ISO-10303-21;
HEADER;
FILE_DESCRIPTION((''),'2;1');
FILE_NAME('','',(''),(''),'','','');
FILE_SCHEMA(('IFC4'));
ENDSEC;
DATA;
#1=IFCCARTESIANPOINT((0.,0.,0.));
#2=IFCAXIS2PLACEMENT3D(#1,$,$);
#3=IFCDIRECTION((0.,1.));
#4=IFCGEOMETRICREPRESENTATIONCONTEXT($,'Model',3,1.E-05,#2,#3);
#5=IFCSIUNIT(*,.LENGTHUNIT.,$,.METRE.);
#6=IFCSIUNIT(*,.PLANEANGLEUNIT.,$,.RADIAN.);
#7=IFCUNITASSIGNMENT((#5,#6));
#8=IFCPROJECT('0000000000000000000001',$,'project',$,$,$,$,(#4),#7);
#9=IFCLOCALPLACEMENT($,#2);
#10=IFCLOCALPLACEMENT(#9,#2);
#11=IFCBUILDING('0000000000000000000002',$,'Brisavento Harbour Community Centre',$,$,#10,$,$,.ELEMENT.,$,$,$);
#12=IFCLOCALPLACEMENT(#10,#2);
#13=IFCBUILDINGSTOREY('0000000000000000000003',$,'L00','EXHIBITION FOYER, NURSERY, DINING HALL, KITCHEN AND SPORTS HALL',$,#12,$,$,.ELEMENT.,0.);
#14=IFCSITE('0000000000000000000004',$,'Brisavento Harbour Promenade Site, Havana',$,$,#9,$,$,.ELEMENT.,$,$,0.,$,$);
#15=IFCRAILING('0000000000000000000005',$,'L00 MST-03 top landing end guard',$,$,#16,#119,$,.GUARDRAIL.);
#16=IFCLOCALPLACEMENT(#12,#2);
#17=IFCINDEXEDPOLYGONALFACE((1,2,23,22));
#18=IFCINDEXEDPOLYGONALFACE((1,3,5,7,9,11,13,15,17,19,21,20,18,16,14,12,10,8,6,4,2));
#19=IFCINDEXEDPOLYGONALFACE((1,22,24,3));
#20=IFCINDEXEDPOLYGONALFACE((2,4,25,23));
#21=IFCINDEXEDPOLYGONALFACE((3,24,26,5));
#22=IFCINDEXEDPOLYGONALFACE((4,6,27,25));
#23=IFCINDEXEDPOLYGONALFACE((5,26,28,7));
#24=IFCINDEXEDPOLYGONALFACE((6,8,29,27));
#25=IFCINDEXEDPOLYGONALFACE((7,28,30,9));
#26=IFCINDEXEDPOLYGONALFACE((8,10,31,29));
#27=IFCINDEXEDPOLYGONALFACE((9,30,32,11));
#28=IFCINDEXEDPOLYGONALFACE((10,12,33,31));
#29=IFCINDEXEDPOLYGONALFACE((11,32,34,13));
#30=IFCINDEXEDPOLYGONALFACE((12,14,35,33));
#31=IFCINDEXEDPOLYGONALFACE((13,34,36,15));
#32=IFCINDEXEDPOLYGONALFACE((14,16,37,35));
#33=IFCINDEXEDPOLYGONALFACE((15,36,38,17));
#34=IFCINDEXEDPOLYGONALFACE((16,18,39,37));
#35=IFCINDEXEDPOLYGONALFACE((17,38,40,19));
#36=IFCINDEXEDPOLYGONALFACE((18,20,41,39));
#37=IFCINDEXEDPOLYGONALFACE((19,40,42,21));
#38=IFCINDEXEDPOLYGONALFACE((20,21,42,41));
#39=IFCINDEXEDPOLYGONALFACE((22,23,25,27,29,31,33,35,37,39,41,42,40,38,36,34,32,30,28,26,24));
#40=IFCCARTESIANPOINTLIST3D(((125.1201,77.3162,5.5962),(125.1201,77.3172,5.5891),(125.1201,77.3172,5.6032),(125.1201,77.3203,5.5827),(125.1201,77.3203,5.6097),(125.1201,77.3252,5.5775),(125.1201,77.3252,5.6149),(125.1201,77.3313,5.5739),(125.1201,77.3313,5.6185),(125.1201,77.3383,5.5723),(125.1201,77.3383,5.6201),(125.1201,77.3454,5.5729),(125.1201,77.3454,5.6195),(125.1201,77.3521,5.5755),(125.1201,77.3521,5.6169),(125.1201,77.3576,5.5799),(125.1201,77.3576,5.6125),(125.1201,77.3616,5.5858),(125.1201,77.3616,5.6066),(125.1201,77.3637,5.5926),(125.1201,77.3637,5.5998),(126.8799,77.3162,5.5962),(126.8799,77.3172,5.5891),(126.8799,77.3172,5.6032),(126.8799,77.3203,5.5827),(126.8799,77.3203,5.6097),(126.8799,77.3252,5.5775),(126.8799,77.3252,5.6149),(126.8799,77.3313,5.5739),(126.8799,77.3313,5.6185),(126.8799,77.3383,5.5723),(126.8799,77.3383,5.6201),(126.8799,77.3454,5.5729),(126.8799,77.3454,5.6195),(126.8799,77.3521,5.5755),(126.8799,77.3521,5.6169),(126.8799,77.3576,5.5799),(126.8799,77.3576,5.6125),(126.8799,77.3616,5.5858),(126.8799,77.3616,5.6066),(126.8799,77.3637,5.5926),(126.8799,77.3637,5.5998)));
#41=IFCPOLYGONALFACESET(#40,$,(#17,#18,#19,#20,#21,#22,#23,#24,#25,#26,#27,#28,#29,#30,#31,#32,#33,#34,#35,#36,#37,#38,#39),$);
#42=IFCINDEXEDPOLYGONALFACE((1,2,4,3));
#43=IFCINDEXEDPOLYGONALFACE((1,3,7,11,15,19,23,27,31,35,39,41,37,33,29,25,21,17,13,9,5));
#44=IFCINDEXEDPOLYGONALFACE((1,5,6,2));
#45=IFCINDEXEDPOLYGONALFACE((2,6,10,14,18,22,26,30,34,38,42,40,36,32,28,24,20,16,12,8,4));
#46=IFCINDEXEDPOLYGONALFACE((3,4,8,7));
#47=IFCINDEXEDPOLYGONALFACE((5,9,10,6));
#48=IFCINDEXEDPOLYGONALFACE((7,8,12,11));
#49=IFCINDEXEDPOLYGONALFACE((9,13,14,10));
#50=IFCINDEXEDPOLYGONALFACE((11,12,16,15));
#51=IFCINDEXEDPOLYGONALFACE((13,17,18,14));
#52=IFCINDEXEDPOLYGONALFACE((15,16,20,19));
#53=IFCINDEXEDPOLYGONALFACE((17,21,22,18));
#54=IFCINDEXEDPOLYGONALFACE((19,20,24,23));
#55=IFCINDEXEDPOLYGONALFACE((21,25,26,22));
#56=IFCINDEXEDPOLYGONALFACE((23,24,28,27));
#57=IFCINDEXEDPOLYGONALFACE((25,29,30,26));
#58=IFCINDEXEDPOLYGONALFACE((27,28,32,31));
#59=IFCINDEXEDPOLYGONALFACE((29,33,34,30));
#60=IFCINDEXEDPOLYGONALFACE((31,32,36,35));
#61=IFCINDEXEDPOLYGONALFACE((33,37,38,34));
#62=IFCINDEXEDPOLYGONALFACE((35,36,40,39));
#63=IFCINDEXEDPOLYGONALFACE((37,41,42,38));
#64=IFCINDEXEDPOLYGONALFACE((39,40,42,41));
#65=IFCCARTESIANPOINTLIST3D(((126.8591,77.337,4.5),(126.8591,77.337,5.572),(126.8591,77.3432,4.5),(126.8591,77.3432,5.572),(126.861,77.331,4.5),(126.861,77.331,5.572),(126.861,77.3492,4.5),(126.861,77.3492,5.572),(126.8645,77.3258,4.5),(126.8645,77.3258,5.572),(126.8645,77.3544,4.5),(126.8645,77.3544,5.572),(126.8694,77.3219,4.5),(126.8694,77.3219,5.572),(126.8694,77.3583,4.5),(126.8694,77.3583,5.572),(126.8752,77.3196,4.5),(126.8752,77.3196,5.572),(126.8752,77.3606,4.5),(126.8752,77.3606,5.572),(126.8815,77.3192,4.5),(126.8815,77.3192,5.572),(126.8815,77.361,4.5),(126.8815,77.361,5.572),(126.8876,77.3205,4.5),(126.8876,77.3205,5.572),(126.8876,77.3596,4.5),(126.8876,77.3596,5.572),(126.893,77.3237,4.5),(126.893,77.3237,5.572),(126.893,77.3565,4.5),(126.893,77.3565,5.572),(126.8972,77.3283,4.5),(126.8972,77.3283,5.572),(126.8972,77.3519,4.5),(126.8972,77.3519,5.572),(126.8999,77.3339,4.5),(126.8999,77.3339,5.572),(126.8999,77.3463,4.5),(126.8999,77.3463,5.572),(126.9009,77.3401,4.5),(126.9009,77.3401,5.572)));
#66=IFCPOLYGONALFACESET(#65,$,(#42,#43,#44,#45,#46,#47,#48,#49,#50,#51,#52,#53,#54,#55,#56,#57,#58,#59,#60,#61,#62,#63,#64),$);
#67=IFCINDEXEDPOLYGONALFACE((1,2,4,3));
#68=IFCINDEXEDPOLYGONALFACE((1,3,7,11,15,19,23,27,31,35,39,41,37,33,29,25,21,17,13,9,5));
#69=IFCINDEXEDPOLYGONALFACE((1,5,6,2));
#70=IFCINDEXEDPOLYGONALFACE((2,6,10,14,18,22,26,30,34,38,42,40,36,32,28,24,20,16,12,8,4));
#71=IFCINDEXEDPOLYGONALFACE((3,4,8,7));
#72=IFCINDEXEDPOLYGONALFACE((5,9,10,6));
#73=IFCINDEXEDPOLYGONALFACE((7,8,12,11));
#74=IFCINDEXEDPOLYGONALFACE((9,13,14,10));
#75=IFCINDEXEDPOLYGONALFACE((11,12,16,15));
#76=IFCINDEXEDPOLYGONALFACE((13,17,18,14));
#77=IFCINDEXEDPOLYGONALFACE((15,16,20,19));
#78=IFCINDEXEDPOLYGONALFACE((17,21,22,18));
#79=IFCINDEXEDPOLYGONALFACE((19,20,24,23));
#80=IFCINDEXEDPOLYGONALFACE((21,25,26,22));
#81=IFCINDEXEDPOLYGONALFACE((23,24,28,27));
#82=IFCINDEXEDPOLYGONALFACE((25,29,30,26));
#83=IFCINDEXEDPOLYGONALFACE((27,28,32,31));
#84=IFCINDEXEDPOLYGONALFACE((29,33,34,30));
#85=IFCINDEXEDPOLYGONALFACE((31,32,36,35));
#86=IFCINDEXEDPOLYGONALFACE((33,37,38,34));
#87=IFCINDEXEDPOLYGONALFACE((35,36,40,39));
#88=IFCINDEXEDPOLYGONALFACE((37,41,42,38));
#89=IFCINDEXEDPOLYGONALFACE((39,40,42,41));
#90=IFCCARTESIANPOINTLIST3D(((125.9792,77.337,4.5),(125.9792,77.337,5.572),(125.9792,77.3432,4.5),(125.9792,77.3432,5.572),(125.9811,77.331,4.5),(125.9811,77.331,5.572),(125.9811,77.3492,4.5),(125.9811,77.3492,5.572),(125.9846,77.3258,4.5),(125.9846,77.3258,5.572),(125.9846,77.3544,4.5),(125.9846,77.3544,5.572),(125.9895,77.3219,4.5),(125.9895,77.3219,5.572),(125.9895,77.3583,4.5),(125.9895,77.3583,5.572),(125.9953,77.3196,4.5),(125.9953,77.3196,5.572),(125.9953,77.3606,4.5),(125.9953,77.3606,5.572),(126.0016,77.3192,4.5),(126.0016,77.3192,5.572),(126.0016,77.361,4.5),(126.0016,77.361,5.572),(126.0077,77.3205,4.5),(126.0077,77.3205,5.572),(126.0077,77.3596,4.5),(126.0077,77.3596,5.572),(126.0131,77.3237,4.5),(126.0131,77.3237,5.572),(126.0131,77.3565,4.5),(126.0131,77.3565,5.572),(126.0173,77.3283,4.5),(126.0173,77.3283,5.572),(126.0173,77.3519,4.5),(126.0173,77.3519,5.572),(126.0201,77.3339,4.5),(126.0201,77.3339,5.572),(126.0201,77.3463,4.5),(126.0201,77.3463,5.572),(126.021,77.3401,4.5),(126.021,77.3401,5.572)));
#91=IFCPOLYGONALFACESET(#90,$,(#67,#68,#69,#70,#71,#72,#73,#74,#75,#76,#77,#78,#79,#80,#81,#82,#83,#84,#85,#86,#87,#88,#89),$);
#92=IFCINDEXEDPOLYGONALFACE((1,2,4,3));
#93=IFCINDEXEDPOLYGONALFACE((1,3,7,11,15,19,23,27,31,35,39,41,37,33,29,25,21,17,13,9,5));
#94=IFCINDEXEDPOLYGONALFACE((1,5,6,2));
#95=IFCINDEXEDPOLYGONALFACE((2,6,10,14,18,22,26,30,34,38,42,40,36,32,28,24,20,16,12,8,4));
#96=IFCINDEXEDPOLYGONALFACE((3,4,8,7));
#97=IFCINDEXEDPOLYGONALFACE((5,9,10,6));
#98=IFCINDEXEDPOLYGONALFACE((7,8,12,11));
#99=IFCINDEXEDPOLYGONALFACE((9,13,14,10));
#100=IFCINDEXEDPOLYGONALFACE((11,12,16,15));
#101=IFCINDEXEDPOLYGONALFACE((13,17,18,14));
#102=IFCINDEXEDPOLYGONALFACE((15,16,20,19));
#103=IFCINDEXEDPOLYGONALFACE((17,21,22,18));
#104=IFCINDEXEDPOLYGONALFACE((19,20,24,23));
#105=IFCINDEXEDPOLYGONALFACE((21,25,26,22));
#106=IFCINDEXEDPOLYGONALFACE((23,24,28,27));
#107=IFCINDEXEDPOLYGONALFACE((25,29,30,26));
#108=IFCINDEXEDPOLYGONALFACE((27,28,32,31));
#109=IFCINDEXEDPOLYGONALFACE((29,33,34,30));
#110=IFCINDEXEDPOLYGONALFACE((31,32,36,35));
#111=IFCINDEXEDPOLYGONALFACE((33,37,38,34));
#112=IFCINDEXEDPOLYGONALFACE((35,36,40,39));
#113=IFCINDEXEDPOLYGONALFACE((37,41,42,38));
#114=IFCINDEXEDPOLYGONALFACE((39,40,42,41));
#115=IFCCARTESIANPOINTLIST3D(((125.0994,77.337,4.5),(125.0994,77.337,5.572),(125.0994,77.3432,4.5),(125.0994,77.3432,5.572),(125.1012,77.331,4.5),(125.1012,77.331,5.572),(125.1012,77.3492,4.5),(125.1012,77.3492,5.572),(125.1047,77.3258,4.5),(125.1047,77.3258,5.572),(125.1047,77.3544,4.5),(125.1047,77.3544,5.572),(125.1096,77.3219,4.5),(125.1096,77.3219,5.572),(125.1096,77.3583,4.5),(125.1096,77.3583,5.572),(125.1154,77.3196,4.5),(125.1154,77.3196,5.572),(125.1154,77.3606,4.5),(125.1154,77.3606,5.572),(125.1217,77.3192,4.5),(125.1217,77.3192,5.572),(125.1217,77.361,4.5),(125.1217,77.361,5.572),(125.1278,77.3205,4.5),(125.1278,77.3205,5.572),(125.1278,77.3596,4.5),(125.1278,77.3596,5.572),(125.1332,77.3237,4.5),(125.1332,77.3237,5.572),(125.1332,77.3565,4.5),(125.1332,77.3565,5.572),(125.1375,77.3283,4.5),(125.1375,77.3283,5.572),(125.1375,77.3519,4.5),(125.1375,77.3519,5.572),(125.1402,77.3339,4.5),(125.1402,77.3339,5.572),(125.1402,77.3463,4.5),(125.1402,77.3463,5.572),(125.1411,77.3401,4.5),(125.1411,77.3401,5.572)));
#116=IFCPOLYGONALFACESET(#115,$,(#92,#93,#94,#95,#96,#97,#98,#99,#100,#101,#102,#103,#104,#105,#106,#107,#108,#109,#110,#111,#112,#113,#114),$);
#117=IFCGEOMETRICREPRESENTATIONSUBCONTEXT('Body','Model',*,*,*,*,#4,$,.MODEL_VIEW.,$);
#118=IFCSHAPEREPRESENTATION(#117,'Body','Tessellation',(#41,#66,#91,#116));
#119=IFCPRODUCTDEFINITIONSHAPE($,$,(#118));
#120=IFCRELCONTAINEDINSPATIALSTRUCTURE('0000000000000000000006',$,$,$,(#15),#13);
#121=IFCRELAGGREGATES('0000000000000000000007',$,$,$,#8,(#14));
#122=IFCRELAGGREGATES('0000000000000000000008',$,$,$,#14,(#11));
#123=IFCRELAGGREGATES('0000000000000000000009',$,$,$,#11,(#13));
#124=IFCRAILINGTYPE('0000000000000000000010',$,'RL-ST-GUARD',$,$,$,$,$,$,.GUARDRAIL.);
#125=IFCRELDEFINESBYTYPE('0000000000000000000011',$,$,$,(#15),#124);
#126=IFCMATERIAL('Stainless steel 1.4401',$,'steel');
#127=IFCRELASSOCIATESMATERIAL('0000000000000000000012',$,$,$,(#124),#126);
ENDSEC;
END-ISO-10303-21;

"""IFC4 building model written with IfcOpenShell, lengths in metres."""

from ifc_helpers import new_model, si_unit, direction, frame, origin, origin_2d, place, context, subcontext, project, spatial, circle, extrude, material, type_object, element, save


model = new_model("IFC4")

# Units and contexts
model_context = context("Model", 3, precision=1e-05, world=origin(), true_north=direction((0.0, 1.0)))
body_context = subcontext(model_context, "Body", "Model", "MODEL_VIEW")
ifc_project = project(units=[si_unit("LENGTHUNIT", "METRE"), si_unit("PLANEANGLEUNIT", "RADIAN")], contexts=[model_context])

# Site, building, storey
site_placement = place(None, origin())
site = spatial("IfcSite", under=ifc_project, at=site_placement, Name="Brisavento Harbour Promenade Site, Havana", CompositionType="ELEMENT", RefElevation=0.0)
building_placement = place(site_placement, origin())
building = spatial("IfcBuilding", under=site, at=building_placement, Name="Brisavento Harbour Community Centre", CompositionType="ELEMENT")
storey_placement = place(building_placement, origin())
storey = spatial("IfcBuildingStorey", under=building, at=storey_placement, Name="L00", Description="EXHIBITION FOYER, NURSERY, DINING HALL, KITCHEN AND SPORTS HALL", CompositionType="ELEMENT", Elevation=0.0)

# Railing
ifc_material_1 = material(Name="Stainless steel 1.4401", Category="steel")
railing_type = type_object("IfcRailingType", Name="RL-ST-GUARD", PredefinedType="GUARDRAIL", material=ifc_material_1)
railing_1_placement = place(storey_placement, frame((126.8799, 77.3401, 4.5)))
element("IfcRailing", 1, at=railing_1_placement, inside=storey, type_object=railing_type, Name="L00 MST-03 top landing end guard", PredefinedType="GUARDRAIL", context=body_context, shape_type="SweptSolid", body=[
    extrude(circle(Radius=0.0239, at=origin_2d()), frame((0.0, 0.0, 1.0962), z_axis=(-1.0, 0.0, 0.0), x_axis=(0.0, -1.0, 0.0)), (0.0, 0.0, 1.0), 1.7598),
    extrude(circle(Radius=0.021, at=origin_2d()), origin(), (0.0, 0.0, 1.0), 1.072),
    extrude(circle(Radius=0.021, at=origin_2d()), frame((-0.8799, 0.0, 0.0)), (0.0, 0.0, 1.0), 1.072),
    extrude(circle(Radius=0.021, at=origin_2d()), frame((-1.7598, 0.0, 0.0)), (0.0, 0.0, 1.0), 1.072),
])

save(model, "model.ifc")
